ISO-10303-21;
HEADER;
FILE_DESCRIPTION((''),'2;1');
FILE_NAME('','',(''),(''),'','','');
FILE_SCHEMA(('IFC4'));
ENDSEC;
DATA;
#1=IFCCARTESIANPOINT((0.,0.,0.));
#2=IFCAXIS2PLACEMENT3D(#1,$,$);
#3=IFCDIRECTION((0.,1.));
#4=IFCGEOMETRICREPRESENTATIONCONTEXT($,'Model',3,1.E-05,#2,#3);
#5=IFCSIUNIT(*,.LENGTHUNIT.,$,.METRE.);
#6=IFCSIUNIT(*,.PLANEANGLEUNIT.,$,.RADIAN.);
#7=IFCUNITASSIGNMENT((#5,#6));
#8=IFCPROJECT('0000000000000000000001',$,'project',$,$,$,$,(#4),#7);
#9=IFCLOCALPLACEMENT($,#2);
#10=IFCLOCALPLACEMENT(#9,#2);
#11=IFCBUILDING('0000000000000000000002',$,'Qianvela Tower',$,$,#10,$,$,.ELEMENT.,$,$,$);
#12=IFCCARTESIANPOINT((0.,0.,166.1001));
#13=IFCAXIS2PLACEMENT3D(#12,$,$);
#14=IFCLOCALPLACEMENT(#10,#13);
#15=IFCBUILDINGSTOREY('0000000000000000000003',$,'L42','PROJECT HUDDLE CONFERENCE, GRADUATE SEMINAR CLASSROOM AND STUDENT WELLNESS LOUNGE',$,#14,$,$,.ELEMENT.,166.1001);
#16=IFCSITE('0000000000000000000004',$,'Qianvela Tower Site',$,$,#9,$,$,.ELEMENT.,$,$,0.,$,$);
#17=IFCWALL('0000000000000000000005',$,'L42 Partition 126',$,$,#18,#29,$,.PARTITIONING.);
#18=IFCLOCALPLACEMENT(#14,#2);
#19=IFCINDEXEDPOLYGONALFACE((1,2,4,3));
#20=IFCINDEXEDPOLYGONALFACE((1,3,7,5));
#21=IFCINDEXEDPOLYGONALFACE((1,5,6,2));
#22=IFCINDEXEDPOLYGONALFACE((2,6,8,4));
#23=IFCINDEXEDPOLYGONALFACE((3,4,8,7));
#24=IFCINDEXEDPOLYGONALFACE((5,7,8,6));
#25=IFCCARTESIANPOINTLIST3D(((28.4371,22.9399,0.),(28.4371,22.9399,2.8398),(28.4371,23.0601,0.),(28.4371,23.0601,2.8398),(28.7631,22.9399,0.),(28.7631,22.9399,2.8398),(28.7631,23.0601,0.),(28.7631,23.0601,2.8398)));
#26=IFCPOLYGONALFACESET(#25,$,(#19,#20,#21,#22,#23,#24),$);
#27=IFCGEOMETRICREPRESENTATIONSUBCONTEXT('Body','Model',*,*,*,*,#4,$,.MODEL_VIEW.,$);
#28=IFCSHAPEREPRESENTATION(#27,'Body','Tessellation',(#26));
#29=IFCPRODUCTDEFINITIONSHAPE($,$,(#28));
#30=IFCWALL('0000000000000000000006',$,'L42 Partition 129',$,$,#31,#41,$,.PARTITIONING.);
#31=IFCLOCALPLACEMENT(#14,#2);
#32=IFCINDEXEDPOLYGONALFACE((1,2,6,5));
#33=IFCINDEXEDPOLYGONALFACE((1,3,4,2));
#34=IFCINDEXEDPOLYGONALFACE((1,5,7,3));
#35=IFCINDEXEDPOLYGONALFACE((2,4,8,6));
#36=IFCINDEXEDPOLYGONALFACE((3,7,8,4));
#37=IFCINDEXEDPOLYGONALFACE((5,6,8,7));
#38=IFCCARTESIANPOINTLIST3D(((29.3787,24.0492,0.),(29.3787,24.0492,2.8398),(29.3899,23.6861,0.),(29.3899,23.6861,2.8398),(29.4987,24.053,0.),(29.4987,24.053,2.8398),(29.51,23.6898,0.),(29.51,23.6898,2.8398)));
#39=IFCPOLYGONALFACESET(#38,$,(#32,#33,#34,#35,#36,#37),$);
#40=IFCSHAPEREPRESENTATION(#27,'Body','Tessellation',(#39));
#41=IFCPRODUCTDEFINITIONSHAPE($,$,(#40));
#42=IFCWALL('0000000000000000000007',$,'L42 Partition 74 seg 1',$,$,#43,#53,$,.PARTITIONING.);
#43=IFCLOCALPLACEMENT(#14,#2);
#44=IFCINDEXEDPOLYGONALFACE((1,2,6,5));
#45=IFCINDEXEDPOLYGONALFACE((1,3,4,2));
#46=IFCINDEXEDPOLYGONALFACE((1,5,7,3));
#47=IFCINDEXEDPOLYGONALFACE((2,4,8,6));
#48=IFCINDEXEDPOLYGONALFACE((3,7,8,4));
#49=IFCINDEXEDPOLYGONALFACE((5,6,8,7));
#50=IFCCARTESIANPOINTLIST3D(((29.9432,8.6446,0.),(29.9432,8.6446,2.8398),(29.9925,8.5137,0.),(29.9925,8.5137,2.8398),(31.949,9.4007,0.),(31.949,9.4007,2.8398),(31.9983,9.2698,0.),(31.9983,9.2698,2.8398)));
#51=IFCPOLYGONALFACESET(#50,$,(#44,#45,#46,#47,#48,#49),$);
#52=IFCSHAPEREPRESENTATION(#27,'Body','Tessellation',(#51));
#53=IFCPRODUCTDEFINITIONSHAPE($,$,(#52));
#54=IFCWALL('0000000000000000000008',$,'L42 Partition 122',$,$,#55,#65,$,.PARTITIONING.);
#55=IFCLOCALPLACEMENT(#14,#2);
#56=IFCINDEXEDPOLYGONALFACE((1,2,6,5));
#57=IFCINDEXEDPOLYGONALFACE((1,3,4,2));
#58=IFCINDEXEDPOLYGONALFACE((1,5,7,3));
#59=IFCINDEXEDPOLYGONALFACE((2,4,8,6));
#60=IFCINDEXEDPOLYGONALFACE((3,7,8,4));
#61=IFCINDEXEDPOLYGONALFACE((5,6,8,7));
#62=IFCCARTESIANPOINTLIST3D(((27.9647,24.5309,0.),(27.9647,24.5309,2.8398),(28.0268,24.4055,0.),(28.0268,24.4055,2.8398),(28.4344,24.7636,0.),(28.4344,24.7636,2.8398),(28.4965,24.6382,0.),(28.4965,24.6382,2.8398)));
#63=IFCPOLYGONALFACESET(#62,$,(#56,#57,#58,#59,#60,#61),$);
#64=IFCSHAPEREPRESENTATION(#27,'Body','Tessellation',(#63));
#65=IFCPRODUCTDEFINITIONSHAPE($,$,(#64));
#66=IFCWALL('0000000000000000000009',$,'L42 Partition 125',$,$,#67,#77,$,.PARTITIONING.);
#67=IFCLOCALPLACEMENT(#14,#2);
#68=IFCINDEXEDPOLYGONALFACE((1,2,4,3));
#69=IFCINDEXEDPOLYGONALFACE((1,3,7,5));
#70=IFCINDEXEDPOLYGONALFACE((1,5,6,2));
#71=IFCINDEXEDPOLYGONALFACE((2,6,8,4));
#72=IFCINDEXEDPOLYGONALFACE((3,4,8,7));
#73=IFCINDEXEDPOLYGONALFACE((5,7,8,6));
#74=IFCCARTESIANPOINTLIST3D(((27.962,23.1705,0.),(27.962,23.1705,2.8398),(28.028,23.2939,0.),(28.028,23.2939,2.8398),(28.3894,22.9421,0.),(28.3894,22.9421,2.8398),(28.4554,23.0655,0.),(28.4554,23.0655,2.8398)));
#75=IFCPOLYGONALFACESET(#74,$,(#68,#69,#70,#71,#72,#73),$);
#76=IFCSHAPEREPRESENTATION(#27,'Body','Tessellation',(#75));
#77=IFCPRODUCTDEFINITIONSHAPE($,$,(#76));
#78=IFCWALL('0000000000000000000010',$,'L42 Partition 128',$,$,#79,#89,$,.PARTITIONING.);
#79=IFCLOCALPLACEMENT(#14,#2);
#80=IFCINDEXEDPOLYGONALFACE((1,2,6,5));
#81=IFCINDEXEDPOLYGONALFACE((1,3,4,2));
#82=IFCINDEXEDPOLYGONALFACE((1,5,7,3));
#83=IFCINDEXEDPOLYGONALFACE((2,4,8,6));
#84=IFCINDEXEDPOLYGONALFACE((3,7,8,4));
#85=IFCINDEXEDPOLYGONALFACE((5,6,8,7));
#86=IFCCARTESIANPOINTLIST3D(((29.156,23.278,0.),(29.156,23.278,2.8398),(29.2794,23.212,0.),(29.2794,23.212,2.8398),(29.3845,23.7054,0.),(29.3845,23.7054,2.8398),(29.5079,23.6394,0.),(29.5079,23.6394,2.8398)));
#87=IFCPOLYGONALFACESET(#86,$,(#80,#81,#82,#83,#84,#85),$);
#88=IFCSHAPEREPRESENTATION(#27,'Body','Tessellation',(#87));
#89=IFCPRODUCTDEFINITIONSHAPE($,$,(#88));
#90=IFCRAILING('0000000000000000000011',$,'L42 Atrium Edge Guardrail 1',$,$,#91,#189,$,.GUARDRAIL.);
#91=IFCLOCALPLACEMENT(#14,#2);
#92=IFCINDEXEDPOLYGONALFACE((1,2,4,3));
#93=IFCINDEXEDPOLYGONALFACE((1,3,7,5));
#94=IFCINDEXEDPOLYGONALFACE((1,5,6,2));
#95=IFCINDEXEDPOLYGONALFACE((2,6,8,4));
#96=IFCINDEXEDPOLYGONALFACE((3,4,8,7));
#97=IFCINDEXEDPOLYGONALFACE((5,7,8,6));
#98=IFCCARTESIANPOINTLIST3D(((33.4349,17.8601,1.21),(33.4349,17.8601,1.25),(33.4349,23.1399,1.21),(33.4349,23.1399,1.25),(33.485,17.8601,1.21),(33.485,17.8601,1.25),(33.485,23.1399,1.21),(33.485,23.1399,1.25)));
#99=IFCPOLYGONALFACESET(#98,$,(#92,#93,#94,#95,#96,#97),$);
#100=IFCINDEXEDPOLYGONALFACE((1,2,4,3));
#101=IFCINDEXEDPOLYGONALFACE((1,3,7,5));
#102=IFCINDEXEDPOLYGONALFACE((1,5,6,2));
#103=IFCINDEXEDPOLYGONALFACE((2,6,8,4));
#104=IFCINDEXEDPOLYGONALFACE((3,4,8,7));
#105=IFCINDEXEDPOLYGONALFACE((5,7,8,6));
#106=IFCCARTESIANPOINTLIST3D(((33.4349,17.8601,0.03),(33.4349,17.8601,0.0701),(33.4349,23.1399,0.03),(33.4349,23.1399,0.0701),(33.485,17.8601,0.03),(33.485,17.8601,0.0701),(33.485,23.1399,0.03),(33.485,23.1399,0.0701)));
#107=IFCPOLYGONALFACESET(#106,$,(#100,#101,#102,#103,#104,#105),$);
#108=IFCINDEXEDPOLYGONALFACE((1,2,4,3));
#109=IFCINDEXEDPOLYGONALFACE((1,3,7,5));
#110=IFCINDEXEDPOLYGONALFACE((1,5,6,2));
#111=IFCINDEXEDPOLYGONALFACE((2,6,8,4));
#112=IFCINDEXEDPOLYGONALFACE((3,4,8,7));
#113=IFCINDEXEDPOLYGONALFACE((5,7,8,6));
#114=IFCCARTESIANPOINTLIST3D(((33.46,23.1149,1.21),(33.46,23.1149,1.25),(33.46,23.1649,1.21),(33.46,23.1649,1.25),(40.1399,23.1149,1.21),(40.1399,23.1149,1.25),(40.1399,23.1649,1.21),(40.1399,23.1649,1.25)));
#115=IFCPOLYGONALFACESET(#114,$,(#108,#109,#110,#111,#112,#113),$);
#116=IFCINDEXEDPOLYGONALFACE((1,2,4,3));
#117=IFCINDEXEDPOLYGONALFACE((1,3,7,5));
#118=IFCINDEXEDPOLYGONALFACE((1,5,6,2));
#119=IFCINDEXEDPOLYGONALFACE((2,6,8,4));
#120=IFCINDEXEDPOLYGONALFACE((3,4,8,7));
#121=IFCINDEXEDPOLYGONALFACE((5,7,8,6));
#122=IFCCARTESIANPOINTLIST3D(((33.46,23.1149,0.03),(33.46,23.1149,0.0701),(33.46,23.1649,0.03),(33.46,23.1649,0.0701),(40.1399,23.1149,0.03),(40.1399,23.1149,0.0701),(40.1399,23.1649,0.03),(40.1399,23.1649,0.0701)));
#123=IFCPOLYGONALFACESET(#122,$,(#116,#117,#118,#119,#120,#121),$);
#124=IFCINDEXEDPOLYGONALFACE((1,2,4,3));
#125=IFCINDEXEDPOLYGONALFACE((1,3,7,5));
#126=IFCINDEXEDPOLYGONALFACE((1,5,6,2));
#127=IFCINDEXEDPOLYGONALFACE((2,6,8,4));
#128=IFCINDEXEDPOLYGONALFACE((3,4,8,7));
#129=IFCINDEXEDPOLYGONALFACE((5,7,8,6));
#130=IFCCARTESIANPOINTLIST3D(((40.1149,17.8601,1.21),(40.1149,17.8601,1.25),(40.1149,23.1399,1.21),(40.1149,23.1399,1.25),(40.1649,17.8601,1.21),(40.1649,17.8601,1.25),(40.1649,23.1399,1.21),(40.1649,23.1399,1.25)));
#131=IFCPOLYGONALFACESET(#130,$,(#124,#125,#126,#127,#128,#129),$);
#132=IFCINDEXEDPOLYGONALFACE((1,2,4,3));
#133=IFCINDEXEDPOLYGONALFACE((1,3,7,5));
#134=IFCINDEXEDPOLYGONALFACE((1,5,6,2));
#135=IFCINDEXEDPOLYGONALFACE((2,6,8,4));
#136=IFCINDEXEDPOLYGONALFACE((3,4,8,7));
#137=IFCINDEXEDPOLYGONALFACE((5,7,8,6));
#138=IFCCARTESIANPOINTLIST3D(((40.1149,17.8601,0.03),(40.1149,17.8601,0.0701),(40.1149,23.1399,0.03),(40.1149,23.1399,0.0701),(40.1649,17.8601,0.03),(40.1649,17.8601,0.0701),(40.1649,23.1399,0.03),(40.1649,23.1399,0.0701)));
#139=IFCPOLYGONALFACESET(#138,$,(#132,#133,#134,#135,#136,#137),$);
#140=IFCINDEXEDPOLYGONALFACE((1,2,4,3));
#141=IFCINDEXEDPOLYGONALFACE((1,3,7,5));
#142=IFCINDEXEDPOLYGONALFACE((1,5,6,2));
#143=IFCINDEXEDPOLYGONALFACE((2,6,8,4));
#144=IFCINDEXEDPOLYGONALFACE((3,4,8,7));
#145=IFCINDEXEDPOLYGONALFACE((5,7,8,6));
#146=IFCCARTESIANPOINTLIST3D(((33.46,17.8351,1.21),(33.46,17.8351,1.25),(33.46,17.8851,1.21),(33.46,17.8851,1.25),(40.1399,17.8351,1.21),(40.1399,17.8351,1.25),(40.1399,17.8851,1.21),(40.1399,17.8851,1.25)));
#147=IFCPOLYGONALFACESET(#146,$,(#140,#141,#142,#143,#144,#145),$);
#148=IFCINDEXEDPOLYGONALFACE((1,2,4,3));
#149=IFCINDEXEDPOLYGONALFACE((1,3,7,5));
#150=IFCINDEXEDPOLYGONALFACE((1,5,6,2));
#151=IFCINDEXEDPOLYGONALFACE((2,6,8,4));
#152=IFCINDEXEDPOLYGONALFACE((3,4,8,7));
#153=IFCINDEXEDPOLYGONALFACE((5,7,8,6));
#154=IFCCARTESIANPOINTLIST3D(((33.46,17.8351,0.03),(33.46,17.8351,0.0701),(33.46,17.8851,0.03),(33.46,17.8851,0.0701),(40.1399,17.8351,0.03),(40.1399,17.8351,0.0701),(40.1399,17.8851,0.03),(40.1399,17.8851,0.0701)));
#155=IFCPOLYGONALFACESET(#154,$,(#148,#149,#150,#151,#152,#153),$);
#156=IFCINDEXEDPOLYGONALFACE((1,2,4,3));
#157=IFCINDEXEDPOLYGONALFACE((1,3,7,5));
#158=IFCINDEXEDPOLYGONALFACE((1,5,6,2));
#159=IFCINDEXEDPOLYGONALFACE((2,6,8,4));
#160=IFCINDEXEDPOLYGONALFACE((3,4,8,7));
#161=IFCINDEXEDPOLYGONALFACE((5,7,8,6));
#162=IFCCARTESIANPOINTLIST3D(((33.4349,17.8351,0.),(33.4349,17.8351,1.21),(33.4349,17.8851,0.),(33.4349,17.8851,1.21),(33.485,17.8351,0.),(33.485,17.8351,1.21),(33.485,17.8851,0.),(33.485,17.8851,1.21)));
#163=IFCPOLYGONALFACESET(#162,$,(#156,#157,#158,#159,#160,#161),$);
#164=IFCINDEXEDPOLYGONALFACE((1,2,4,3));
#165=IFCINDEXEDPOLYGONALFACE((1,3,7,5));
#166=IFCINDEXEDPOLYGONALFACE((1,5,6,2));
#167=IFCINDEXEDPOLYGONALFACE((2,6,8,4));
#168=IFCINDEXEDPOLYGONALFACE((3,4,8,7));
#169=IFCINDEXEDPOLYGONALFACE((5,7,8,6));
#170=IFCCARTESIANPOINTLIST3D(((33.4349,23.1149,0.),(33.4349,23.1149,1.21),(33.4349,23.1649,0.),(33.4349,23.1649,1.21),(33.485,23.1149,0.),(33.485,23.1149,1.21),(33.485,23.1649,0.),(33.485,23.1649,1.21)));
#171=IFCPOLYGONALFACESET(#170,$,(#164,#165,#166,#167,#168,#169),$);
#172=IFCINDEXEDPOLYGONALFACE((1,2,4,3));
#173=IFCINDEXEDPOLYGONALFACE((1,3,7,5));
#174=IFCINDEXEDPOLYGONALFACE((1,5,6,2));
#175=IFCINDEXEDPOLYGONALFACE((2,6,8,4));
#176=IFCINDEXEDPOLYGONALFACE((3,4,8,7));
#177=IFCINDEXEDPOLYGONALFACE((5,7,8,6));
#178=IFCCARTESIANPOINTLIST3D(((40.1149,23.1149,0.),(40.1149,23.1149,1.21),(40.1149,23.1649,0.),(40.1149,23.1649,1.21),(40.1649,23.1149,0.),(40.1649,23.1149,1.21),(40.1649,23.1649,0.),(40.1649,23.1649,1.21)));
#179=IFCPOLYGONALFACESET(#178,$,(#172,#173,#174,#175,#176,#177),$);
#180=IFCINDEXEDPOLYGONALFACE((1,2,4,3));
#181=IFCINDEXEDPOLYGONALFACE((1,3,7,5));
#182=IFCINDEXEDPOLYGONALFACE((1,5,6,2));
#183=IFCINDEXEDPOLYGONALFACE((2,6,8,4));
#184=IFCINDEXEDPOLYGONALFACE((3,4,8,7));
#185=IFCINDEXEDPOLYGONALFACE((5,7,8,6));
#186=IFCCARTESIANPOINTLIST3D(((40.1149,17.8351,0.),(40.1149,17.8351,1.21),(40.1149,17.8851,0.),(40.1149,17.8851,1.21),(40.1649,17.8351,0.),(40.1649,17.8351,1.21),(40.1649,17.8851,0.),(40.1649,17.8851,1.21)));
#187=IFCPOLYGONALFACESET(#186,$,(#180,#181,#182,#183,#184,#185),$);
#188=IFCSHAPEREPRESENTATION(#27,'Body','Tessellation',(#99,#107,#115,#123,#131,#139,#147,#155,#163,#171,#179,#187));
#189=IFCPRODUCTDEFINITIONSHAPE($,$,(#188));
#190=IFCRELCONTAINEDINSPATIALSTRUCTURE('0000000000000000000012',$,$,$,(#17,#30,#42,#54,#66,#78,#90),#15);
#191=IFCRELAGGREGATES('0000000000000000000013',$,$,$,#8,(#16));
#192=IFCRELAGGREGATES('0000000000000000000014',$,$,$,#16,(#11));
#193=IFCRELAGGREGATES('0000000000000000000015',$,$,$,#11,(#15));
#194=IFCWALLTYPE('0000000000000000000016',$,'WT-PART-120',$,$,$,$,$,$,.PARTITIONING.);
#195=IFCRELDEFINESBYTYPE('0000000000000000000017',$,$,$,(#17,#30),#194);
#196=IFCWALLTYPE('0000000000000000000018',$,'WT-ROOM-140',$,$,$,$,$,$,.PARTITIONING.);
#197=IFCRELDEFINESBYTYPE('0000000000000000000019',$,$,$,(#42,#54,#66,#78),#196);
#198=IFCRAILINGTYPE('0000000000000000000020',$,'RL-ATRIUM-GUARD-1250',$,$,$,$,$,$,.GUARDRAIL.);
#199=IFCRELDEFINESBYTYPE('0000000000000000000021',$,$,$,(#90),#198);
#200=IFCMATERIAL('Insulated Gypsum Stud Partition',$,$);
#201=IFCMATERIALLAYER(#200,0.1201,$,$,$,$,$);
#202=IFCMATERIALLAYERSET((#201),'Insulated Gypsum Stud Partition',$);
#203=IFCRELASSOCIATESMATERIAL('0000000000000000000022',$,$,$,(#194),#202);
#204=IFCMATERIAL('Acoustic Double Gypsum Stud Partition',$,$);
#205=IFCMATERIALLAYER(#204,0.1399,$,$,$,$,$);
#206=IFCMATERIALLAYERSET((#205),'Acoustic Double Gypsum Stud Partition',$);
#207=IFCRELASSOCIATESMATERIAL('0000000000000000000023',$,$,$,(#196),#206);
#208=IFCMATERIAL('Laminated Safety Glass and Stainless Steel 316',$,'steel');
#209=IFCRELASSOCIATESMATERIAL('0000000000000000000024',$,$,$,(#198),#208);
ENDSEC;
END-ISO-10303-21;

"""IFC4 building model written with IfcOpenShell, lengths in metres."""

from ifc_helpers import new_model, si_unit, direction, frame, frame_2d, origin, origin_2d, place, context, subcontext, project, spatial, rectangle, extrude, material, layer, layer_set, type_object, element, save


model = new_model("IFC4")

# Units and contexts
model_context = context("Model", 3, precision=1e-05, world=origin(), true_north=direction((0.0, 1.0)))
body_context = subcontext(model_context, "Body", "Model", "MODEL_VIEW")
ifc_project = project(units=[si_unit("LENGTHUNIT", "METRE"), si_unit("PLANEANGLEUNIT", "RADIAN")], contexts=[model_context])

# Site, building, storey
site_placement = place(None, origin())
site = spatial("IfcSite", under=ifc_project, at=site_placement, Name="Qianvela Tower Site", CompositionType="ELEMENT", RefElevation=0.0)
building_placement = place(site_placement, origin())
building = spatial("IfcBuilding", under=site, at=building_placement, Name="Qianvela Tower", CompositionType="ELEMENT")
storey_placement = place(building_placement, frame((0.0, 0.0, 166.1001)))
storey = spatial("IfcBuildingStorey", under=building, at=storey_placement, Name="L42", Description="PROJECT HUDDLE CONFERENCE, GRADUATE SEMINAR CLASSROOM AND STUDENT WELLNESS LOUNGE", CompositionType="ELEMENT", Elevation=166.1001)

# Walls
ifc_material_1 = material(Name="Insulated Gypsum Stud Partition")
ifc_layer_1 = layer(ifc_material_1, 0.1201)
ifc_layer_set_1 = layer_set([ifc_layer_1], Name="Insulated Gypsum Stud Partition")
wall_type_1 = type_object("IfcWallType", Name="WT-PART-120", PredefinedType="PARTITIONING", material=ifc_layer_set_1)
wall_1_placement = place(storey_placement, frame((28.437, 23.0, 0.0), z_axis=(0.0, 0.0, 1.0), x_axis=(1.0, 0.0, 0.0)))
element("IfcWall", 1, at=wall_1_placement, inside=storey, type_object=wall_type_1, Name="L42 Partition 126", PredefinedType="PARTITIONING", context=body_context, shape_type="SweptSolid", body=[
    extrude(rectangle(XDim=0.3259, YDim=0.1201, at=frame_2d((0.1631, 0.0))), origin(), (0.0, 0.0, 1.0), 2.8398),
])
wall_2_placement = place(storey_placement, frame((29.45, 23.688, 0.0), z_axis=(0.0, 0.0, 1.0), x_axis=(-0.03092, 0.999522, 0.0)))
element("IfcWall", 2, at=wall_2_placement, inside=storey, type_object=wall_type_1, Name="L42 Partition 129", PredefinedType="PARTITIONING", context=body_context, shape_type="SweptSolid", body=[
    extrude(rectangle(XDim=0.3633, YDim=0.1201, at=frame_2d((0.1816, 0.0))), origin(), (0.0, 0.0, 1.0), 2.8398),
])
ifc_material_2 = material(Name="Acoustic Double Gypsum Stud Partition")
ifc_layer_2 = layer(ifc_material_2, 0.1399)
ifc_layer_set_2 = layer_set([ifc_layer_2], Name="Acoustic Double Gypsum Stud Partition")
wall_type_2 = type_object("IfcWallType", Name="WT-ROOM-140", PredefinedType="PARTITIONING", material=ifc_layer_set_2)
wall_3_placement = place(storey_placement, frame((31.9736, 9.3352, 0.0), z_axis=(0.0, 0.0, 1.0), x_axis=(-0.935729, -0.352721, 0.0)))
element("IfcWall", 3, at=wall_3_placement, inside=storey, type_object=wall_type_2, Name="L42 Partition 74 seg 1", PredefinedType="PARTITIONING", context=body_context, shape_type="SweptSolid", body=[
    extrude(rectangle(XDim=2.1436, YDim=0.1399, at=frame_2d((1.0718, 0.0))), origin(), (0.0, 0.0, 1.0), 2.8398),
])
wall_4_placement = place(storey_placement, frame((28.4656, 24.7009, 0.0), z_axis=(0.0, 0.0, 1.0), x_axis=(-0.896098, -0.443857, 0.0)))
element("IfcWall", 4, at=wall_4_placement, inside=storey, type_object=wall_type_2, Name="L42 Partition 122", PredefinedType="PARTITIONING", context=body_context, shape_type="SweptSolid", body=[
    extrude(rectangle(XDim=0.5242, YDim=0.1399, at=frame_2d((0.2622, 0.0))), origin(), (0.0, 0.0, 1.0), 2.8398),
])
for number, where, z_axis, x_axis, name in (
    (5, (27.9951, 23.2322, 0.0), (0.0, 0.0, 1.0), (0.881906, -0.471425, 0.0), "L42 Partition 125"),
    (6, (29.2178, 23.2451, 0.0), (0.0, 0.0, 1.0), (0.471425, 0.881906, 0.0), "L42 Partition 128"),
):
    element("IfcWall", number, at=place(storey_placement, frame(where, z_axis=z_axis, x_axis=x_axis)), inside=storey, type_object=wall_type_2, Name=name, PredefinedType="PARTITIONING", context=body_context, shape_type="SweptSolid", body=[
        extrude(rectangle(XDim=0.4846, YDim=0.1399, at=frame_2d((0.2422, 0.0))), origin(), (0.0, 0.0, 1.0), 2.8398),
    ])

# Railing
ifc_material_3 = material(Name="Laminated Safety Glass and Stainless Steel 316", Category="steel")
railing_type = type_object("IfcRailingType", Name="RL-ATRIUM-GUARD-1250", PredefinedType="GUARDRAIL", material=ifc_material_3)
railing_placement = place(storey_placement, frame((33.46, 17.8601, 0.0)))
element("IfcRailing", 7, at=railing_placement, inside=storey, type_object=railing_type, Name="L42 Atrium Edge Guardrail 1", PredefinedType="GUARDRAIL", context=body_context, shape_type="SweptSolid", body=[
    extrude(rectangle(XDim=0.05, YDim=0.04, at=origin_2d()), frame((0.0, 0.0, 1.23), z_axis=(0.0, 1.0, 0.0), x_axis=(-1.0, 0.0, 0.0)), (0.0, 0.0, 1.0), 5.2798),
    extrude(rectangle(XDim=0.05, YDim=0.04, at=origin_2d()), frame((0.0, 0.0, 0.05), z_axis=(0.0, 1.0, 0.0), x_axis=(-1.0, 0.0, 0.0)), (0.0, 0.0, 1.0), 5.2798),
    extrude(rectangle(XDim=0.05, YDim=0.04, at=origin_2d()), frame((0.0, 5.2798, 1.23), z_axis=(1.0, 0.0, 0.0), x_axis=(0.0, 1.0, 0.0)), (0.0, 0.0, 1.0), 6.6799),
    extrude(rectangle(XDim=0.05, YDim=0.04, at=origin_2d()), frame((0.0, 5.2798, 0.05), z_axis=(1.0, 0.0, 0.0), x_axis=(0.0, 1.0, 0.0)), (0.0, 0.0, 1.0), 6.6799),
    extrude(rectangle(XDim=0.05, YDim=0.04, at=origin_2d()), frame((6.6799, 5.2798, 1.23), z_axis=(0.0, -1.0, 0.0), x_axis=(1.0, 0.0, 0.0)), (0.0, 0.0, 1.0), 5.2798),
    extrude(rectangle(XDim=0.05, YDim=0.04, at=origin_2d()), frame((6.6799, 5.2798, 0.05), z_axis=(0.0, -1.0, 0.0), x_axis=(1.0, 0.0, 0.0)), (0.0, 0.0, 1.0), 5.2798),
    extrude(rectangle(XDim=0.05, YDim=0.04, at=origin_2d()), frame((6.6799, 0.0, 1.23), z_axis=(-1.0, 0.0, 0.0), x_axis=(0.0, -1.0, 0.0)), (0.0, 0.0, 1.0), 6.6799),
    extrude(rectangle(XDim=0.05, YDim=0.04, at=origin_2d()), frame((6.6799, 0.0, 0.05), z_axis=(-1.0, 0.0, 0.0), x_axis=(0.0, -1.0, 0.0)), (0.0, 0.0, 1.0), 6.6799),
    extrude(rectangle(XDim=0.05, YDim=0.05, at=origin_2d()), origin(), (0.0, 0.0, 1.0), 1.21),
    extrude(rectangle(XDim=0.05, YDim=0.05, at=origin_2d()), frame((0.0, 5.2798, 0.0)), (0.0, 0.0, 1.0), 1.21),
    extrude(rectangle(XDim=0.05, YDim=0.05, at=origin_2d()), frame((6.6799, 5.2798, 0.0)), (0.0, 0.0, 1.0), 1.21),
    extrude(rectangle(XDim=0.05, YDim=0.05, at=origin_2d()), frame((6.6799, 0.0, 0.0)), (0.0, 0.0, 1.0), 1.21),
])

save(model, "model.ifc")
